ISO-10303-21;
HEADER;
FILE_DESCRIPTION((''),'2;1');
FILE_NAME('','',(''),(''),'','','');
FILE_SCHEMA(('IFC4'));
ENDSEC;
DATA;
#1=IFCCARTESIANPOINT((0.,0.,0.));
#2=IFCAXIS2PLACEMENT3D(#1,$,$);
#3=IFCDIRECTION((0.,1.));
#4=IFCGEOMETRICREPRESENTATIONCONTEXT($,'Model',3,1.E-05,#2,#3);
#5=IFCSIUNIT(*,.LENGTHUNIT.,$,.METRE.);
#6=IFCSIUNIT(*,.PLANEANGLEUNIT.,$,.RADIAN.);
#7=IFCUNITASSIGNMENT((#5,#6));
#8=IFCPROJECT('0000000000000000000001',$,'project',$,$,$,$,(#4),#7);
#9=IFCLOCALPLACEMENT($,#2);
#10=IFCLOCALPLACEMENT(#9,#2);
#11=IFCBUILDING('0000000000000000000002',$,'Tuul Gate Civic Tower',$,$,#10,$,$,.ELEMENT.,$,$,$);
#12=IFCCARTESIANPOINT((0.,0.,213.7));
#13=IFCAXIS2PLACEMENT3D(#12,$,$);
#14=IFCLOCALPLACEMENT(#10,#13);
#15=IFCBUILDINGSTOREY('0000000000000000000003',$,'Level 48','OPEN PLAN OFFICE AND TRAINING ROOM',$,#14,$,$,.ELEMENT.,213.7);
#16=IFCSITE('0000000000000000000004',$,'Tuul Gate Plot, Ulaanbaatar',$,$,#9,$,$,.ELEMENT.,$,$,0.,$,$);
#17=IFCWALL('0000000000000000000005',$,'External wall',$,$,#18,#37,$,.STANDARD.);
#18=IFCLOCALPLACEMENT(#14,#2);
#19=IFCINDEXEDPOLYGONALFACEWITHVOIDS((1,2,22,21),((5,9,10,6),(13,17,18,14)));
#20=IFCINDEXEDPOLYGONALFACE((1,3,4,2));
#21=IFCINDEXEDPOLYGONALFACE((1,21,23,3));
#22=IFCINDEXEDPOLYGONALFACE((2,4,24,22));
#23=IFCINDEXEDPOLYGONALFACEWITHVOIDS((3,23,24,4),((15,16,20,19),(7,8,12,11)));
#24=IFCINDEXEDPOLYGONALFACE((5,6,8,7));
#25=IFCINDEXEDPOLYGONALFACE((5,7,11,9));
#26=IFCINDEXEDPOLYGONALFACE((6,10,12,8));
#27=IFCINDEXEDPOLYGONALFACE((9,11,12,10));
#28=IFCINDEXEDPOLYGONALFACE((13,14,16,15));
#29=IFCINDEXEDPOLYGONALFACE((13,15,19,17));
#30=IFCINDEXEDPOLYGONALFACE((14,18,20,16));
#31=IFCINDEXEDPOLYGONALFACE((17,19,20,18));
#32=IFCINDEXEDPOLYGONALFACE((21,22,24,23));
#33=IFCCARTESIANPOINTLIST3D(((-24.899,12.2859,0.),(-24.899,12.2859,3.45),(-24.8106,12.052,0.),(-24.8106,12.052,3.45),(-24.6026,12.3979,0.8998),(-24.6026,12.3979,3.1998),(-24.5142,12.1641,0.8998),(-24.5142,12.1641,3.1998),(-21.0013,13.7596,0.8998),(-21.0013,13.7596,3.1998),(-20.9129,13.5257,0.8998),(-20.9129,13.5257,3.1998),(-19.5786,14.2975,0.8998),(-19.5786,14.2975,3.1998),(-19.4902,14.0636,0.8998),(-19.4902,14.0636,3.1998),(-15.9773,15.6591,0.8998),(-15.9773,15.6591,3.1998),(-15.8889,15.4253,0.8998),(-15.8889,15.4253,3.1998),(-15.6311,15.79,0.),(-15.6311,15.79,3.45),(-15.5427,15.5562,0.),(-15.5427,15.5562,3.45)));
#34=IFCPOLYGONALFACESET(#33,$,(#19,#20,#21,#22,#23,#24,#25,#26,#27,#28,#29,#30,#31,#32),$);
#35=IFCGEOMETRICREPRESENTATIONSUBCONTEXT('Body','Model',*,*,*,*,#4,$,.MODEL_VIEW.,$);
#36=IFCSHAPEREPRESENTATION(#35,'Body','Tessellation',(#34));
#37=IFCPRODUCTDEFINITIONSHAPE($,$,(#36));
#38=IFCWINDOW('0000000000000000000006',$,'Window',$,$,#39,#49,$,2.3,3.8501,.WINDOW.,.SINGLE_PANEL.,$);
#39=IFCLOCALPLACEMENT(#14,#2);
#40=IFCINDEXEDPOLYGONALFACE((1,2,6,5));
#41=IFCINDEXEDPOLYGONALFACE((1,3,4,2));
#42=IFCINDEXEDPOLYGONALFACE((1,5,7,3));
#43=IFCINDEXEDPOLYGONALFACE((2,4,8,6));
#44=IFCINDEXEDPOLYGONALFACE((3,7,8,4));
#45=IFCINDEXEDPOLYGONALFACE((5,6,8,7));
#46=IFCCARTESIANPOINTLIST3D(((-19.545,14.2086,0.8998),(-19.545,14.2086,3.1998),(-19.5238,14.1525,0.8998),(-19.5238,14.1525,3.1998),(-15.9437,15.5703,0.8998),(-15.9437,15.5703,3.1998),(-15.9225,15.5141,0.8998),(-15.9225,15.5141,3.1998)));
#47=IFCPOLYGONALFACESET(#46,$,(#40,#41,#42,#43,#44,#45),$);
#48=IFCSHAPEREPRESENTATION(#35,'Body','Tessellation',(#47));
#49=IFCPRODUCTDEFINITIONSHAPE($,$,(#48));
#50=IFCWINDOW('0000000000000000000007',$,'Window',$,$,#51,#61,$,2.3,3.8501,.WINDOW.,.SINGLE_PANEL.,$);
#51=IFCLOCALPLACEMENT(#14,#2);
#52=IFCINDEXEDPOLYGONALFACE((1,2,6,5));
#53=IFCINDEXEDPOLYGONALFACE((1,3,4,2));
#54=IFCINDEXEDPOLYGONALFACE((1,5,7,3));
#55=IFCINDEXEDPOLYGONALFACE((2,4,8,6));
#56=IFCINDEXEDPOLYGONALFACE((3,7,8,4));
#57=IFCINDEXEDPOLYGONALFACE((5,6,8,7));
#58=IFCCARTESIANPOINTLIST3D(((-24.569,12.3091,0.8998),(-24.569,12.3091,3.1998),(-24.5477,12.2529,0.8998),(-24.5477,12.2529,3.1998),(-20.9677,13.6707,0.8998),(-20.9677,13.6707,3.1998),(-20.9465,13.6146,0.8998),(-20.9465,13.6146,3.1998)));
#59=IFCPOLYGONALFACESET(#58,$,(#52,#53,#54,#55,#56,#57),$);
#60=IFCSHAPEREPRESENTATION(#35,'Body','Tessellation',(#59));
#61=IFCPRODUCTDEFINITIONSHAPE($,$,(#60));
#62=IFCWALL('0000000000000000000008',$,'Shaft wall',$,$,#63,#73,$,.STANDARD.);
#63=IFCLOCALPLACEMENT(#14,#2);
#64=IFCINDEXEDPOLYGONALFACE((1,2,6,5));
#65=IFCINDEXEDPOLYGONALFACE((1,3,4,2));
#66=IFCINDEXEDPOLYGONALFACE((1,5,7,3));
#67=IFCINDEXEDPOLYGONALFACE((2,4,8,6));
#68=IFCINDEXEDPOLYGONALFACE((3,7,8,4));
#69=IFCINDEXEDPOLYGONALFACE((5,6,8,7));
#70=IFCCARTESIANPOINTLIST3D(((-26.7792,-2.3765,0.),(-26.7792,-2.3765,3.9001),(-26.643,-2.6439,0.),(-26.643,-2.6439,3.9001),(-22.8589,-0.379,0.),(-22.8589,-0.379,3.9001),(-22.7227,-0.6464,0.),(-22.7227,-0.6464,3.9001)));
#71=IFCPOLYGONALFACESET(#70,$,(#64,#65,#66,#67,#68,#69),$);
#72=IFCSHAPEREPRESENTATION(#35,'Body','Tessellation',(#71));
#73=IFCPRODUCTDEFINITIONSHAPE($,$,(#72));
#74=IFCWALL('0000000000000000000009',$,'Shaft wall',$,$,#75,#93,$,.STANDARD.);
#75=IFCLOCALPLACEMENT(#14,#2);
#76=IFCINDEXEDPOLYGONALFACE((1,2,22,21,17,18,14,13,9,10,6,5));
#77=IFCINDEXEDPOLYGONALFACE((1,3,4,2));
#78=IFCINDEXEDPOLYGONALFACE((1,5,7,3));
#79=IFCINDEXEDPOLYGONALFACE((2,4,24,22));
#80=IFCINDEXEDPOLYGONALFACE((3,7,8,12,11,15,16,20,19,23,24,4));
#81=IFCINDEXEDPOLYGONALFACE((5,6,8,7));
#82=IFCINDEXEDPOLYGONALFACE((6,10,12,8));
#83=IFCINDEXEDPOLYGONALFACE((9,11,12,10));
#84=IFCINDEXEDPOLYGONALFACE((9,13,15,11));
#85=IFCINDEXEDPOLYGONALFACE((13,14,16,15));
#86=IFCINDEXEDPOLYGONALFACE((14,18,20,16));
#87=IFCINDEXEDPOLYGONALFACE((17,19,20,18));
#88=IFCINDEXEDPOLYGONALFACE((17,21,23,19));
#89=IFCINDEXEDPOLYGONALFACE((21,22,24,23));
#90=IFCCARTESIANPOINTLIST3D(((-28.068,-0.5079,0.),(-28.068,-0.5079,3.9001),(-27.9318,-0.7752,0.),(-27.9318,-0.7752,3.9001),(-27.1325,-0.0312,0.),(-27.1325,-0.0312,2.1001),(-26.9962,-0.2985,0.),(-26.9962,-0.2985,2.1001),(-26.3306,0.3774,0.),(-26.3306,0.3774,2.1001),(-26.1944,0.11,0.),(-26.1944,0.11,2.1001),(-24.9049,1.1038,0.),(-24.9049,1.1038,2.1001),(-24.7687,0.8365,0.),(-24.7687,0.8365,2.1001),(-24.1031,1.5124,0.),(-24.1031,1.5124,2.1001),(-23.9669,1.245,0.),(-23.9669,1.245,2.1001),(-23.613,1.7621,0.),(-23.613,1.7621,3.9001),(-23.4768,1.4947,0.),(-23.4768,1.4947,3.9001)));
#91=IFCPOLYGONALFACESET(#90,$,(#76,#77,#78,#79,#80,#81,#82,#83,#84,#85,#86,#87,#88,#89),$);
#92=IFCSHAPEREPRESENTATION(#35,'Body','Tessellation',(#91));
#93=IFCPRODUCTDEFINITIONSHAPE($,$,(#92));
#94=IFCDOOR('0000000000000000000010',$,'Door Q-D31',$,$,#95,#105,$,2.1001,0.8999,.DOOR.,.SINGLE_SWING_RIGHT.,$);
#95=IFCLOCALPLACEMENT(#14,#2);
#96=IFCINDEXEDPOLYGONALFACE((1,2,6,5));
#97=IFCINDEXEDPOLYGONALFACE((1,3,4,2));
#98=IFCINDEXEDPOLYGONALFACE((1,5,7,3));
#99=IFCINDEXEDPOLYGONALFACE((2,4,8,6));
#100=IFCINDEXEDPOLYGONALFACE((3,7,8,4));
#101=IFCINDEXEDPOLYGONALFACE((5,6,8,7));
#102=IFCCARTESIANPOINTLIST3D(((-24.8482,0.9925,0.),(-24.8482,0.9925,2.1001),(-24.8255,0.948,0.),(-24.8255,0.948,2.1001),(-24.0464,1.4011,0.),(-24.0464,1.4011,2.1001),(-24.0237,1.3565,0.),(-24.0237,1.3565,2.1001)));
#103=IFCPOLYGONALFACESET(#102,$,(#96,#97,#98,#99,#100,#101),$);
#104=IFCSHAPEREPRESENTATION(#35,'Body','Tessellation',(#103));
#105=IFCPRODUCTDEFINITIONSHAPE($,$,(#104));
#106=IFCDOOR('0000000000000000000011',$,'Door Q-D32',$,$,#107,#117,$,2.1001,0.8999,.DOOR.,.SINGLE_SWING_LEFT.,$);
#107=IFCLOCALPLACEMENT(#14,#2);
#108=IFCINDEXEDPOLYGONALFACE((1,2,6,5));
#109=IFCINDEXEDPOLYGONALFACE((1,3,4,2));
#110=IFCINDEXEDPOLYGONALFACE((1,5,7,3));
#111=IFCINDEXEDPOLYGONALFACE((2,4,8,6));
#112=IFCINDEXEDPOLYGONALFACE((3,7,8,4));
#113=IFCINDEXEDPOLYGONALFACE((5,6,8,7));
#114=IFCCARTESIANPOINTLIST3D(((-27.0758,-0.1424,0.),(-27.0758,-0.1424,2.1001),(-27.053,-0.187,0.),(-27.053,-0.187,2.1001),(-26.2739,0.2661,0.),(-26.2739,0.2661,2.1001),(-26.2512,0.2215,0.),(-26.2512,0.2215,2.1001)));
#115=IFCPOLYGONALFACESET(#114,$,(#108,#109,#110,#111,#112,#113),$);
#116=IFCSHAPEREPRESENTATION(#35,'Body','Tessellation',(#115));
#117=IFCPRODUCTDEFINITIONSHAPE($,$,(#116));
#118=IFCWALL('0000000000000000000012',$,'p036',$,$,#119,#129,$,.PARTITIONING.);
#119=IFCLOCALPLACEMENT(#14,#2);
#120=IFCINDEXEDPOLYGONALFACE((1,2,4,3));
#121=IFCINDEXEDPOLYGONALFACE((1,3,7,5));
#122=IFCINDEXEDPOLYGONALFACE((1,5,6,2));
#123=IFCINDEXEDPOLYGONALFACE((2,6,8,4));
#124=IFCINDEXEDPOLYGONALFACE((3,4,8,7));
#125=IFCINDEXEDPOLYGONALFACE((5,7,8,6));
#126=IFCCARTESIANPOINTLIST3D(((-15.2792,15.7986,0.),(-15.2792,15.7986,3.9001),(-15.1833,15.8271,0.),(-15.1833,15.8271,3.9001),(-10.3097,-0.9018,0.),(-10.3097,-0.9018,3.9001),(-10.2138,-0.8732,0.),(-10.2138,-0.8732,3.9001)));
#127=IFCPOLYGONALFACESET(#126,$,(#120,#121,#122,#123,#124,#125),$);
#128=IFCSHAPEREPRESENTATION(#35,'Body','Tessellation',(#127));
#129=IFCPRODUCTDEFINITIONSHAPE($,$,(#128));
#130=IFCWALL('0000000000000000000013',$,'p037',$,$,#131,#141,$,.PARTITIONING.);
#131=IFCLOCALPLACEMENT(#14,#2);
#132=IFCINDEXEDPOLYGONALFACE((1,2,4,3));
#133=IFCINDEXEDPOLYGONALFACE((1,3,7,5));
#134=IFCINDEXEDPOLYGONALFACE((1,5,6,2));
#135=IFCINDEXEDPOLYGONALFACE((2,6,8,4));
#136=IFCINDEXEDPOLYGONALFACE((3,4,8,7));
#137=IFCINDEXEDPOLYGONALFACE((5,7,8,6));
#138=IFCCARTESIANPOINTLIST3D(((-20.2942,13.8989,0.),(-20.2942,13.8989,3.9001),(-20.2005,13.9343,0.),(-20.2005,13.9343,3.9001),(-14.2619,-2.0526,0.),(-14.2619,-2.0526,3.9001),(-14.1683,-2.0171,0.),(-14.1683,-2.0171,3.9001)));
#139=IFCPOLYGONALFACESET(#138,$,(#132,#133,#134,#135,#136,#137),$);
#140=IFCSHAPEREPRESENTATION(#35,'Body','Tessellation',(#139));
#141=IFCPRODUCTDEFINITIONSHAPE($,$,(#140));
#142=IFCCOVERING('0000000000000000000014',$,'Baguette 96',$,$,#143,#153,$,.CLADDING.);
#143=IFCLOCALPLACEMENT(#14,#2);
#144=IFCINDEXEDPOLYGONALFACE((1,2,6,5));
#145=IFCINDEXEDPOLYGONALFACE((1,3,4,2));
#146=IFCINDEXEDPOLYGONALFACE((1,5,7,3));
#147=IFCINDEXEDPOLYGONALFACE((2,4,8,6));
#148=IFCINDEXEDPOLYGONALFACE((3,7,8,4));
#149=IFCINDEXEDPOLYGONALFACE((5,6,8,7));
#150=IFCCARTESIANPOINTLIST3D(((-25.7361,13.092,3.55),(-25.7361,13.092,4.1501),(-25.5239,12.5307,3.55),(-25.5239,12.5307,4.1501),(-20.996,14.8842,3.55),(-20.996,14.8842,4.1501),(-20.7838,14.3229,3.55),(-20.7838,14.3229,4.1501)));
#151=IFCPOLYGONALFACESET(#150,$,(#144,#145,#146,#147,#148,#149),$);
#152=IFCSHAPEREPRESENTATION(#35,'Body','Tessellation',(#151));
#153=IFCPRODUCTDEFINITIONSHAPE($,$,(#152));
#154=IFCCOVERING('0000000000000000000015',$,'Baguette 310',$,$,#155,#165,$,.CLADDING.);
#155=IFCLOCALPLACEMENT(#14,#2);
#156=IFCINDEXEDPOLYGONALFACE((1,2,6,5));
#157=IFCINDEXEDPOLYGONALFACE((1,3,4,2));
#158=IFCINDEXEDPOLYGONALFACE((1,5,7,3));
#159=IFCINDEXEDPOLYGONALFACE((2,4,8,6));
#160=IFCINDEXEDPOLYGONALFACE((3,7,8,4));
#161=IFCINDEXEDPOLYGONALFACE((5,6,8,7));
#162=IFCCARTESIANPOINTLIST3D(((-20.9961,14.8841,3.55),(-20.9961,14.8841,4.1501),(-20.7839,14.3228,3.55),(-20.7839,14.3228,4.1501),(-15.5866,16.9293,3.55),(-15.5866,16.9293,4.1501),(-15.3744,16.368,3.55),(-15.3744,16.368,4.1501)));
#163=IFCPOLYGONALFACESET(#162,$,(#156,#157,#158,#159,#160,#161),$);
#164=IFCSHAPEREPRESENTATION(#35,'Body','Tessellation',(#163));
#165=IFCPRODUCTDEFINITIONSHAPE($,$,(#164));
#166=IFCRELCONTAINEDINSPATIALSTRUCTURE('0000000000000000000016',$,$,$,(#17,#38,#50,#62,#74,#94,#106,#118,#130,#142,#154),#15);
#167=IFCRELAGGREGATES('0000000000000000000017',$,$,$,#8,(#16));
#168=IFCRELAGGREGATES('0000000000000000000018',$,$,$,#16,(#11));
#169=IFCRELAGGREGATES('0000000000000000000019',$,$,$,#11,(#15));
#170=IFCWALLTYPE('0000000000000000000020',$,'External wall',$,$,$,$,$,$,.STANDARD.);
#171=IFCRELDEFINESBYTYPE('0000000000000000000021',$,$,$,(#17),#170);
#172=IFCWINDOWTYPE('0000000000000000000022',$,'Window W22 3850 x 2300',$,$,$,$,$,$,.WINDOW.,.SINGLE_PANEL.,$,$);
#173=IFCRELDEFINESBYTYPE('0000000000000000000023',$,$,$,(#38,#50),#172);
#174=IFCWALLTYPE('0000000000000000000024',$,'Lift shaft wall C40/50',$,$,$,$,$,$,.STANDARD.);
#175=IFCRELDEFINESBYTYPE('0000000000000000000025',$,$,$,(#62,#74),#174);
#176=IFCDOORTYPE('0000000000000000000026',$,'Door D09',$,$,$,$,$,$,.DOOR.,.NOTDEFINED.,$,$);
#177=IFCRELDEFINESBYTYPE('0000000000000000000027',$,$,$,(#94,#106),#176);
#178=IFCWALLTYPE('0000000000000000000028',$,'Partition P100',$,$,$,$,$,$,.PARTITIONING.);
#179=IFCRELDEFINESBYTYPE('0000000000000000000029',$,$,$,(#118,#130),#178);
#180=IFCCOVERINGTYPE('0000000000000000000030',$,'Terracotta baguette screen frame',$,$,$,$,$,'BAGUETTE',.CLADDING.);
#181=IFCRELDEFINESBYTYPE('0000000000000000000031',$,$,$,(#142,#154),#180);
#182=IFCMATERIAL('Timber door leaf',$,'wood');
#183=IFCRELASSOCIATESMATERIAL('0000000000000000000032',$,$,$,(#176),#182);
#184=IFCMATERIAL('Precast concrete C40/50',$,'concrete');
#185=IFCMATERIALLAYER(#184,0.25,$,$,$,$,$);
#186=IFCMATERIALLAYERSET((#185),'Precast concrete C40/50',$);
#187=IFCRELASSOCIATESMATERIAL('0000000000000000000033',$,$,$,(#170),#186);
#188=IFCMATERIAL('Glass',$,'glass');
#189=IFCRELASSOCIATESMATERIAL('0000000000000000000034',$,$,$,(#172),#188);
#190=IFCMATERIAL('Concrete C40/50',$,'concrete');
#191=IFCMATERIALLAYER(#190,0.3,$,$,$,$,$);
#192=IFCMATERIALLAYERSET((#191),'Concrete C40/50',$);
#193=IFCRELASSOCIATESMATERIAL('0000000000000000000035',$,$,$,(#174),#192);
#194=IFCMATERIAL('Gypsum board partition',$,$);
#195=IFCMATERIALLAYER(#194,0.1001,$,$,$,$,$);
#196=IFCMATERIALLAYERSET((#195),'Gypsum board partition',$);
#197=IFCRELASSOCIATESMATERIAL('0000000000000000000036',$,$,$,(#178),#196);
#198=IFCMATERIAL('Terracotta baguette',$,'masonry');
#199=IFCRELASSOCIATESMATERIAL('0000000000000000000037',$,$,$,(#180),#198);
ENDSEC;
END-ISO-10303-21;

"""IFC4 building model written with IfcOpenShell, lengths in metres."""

from ifc_helpers import new_model, si_unit, direction, frame, frame_2d, origin, origin_2d, place, context, subcontext, project, spatial, rectangle, extrude, material, layer, layer_set, material_profile, profile_set, type_object, element, fill, save


model = new_model("IFC4")

# Units and contexts
model_context = context("Model", 3, precision=1e-05, world=origin(), true_north=direction((0.0, 1.0)))
body_context = subcontext(model_context, "Body", "Model", "MODEL_VIEW")
ifc_project = project(units=[si_unit("LENGTHUNIT", "METRE"), si_unit("PLANEANGLEUNIT", "RADIAN")], contexts=[model_context])

# Site, building, storey
site_placement = place(None, origin())
site = spatial("IfcSite", under=ifc_project, at=site_placement, Name="Tuul Gate Plot, Ulaanbaatar", CompositionType="ELEMENT", RefElevation=0.0)
building_placement = place(site_placement, origin())
building = spatial("IfcBuilding", under=site, at=building_placement, Name="Tuul Gate Civic Tower", CompositionType="ELEMENT")
storey_placement = place(building_placement, frame((0.0, 0.0, 213.7)))
storey = spatial("IfcBuildingStorey", under=building, at=storey_placement, Name="Level 48", Description="OPEN PLAN OFFICE AND TRAINING ROOM", CompositionType="ELEMENT", Elevation=213.7)

# Shared definitions
ifc_material_1 = material(Name="Timber door leaf", Category="wood")
door_type_1 = type_object("IfcDoorType", Name="Door D09", OperationType="NOTDEFINED", PredefinedType="DOOR", material=ifc_material_1)

# Wall, openings, windows
ifc_material_2 = material(Name="Precast concrete C40/50", Category="concrete")
ifc_layer_1 = layer(ifc_material_2, 0.25)
ifc_layer_set_1 = layer_set([ifc_layer_1], Name="Precast concrete C40/50")
wall_type_1 = type_object("IfcWallType", Name="External wall", PredefinedType="STANDARD", material=ifc_layer_set_1)
ifc_material_3 = material(Name="Glass", Category="glass")
window_type = type_object("IfcWindowType", Name="Window W22 3850 x 2300", PartitioningType="SINGLE_PANEL", PredefinedType="WINDOW", material=ifc_material_3)
wall_1_placement = place(storey_placement, frame((-15.5869, 15.6731, 0.0), z_axis=(0.0, 0.0, 1.0), x_axis=(-0.935373, -0.353663, 0.0)))
wall_1 = element("IfcWall", 1, at=wall_1_placement, inside=storey, type_object=wall_type_1, Name="External wall", PredefinedType="STANDARD", context=body_context, shape_type="SweptSolid", body=[
    extrude(rectangle(XDim=9.9082, YDim=0.25, at=frame_2d((4.9541, 0.0))), origin(), (0.0, 0.0, 1.0), 3.45),
])
opening_1_placement = place(wall_1_placement, frame((0.3701, 0.0, 0.8999)))
opening_1 = element("IfcOpeningElement", 2, at=opening_1_placement, cuts=wall_1, PredefinedType="OPENING", context=body_context, shape_type="SweptSolid", body=[
    extrude(rectangle(XDim=3.8501, YDim=2.3, at=frame_2d((1.925, 1.1499))), frame((0.0, 0.135, 0.0), z_axis=(0.0, -1.0, 0.0), x_axis=(1.0, 0.0, 0.0)), (0.0, 0.0, 1.0), 0.27),
])
opening_2_placement = place(wall_1_placement, frame((5.7412, 0.0, 0.8999)))
opening_2 = element("IfcOpeningElement", 3, at=opening_2_placement, cuts=wall_1, PredefinedType="OPENING", context=body_context, shape_type="SweptSolid", body=[
    extrude(rectangle(XDim=3.8501, YDim=2.3, at=frame_2d((1.925, 1.1499))), frame((0.0, 0.135, 0.0), z_axis=(0.0, -1.0, 0.0), x_axis=(1.0, 0.0, 0.0)), (0.0, 0.0, 1.0), 0.27),
])
window_1_placement = place(opening_1_placement, origin())
window_1 = element("IfcWindow", 4, at=window_1_placement, inside=storey, type_object=window_type, Name="Window", OverallHeight=2.3, OverallWidth=3.8501, PartitioningType="SINGLE_PANEL", PredefinedType="WINDOW", context=body_context, shape_type="SweptSolid", body=[
    extrude(rectangle(XDim=3.8501, YDim=2.3, at=frame_2d((1.925, 1.1499))), frame((0.0, 0.03, 0.0), z_axis=(0.0, -1.0, 0.0), x_axis=(1.0, 0.0, 0.0)), (0.0, 0.0, 1.0), 0.0601),
])
fill(opening_1, window_1)
window_2_placement = place(opening_2_placement, origin())
window_2 = element("IfcWindow", 5, at=window_2_placement, inside=storey, type_object=window_type, Name="Window", OverallHeight=2.3, OverallWidth=3.8501, PartitioningType="SINGLE_PANEL", PredefinedType="WINDOW", context=body_context, shape_type="SweptSolid", body=[
    extrude(rectangle(XDim=3.8501, YDim=2.3, at=frame_2d((1.925, 1.1499))), frame((0.0, 0.03, 0.0), z_axis=(0.0, -1.0, 0.0), x_axis=(1.0, 0.0, 0.0)), (0.0, 0.0, 1.0), 0.0601),
])
fill(opening_2, window_2)

# Wall
ifc_material_4 = material(Name="Concrete C40/50", Category="concrete")
ifc_layer_2 = layer(ifc_material_4, 0.3)
ifc_layer_set_2 = layer_set([ifc_layer_2], Name="Concrete C40/50")
wall_type_2 = type_object("IfcWallType", Name="Lift shaft wall C40/50", PredefinedType="STANDARD", material=ifc_layer_set_2)
wall_2_placement = place(storey_placement, frame((-22.7908, -0.5127, 0.0), z_axis=(0.0, 0.0, 1.0), x_axis=(-0.891006, -0.453992, 0.0)))
element("IfcWall", 6, at=wall_2_placement, inside=storey, type_object=wall_type_2, Name="Shaft wall", PredefinedType="STANDARD", context=body_context, shape_type="SweptSolid", body=[
    extrude(rectangle(XDim=4.3999, YDim=0.3, at=frame_2d((2.2, 0.0))), origin(), (0.0, 0.0, 1.0), 3.9001),
])

# Wall, openings, doors
wall_3_placement = place(storey_placement, frame((-23.5449, 1.6284, 0.0), z_axis=(0.0, 0.0, 1.0), x_axis=(-0.891003, -0.453997, 0.0)))
wall_3 = element("IfcWall", 7, at=wall_3_placement, inside=storey, type_object=wall_type_2, Name="Shaft wall", PredefinedType="STANDARD", context=body_context, shape_type="SweptSolid", body=[
    extrude(rectangle(XDim=5.0, YDim=0.3, at=frame_2d((2.5, 0.0))), origin(), (0.0, 0.0, 1.0), 3.9001),
])
opening_3_placement = place(wall_3_placement, frame((0.55, 0.0, 0.0)))
opening_3 = element("IfcOpeningElement", 8, at=opening_3_placement, cuts=wall_3, PredefinedType="OPENING", context=body_context, shape_type="SweptSolid", body=[
    extrude(rectangle(XDim=0.8999, YDim=2.1001, at=frame_2d((0.45, 1.05))), frame((0.0, 0.1602, 0.0), z_axis=(0.0, -1.0, 0.0), x_axis=(1.0, 0.0, 0.0)), (0.0, 0.0, 1.0), 0.3201),
])
opening_4_placement = place(wall_3_placement, frame((3.05, 0.0, 0.0)))
opening_4 = element("IfcOpeningElement", 9, at=opening_4_placement, cuts=wall_3, PredefinedType="OPENING", context=body_context, shape_type="SweptSolid", body=[
    extrude(rectangle(XDim=0.8999, YDim=2.1001, at=frame_2d((0.45, 1.05))), frame((0.0, 0.1602, 0.0), z_axis=(0.0, -1.0, 0.0), x_axis=(1.0, 0.0, 0.0)), (0.0, 0.0, 1.0), 0.3201),
])
door_1_placement = place(opening_3_placement, origin())
door_1 = element("IfcDoor", 10, at=door_1_placement, inside=storey, type_object=door_type_1, Name="Door Q-D31", OperationType="SINGLE_SWING_RIGHT", OverallHeight=2.1001, OverallWidth=0.8999, PredefinedType="DOOR", context=body_context, shape_type="SweptSolid", body=[
    extrude(rectangle(XDim=0.8999, YDim=2.1001, at=frame_2d((0.45, 1.05))), frame((0.0, 0.0249, 0.0), z_axis=(0.0, -1.0, 0.0), x_axis=(1.0, 0.0, 0.0)), (0.0, 0.0, 1.0), 0.05),
])
fill(opening_3, door_1)
door_2_placement = place(opening_4_placement, origin())
door_2 = element("IfcDoor", 11, at=door_2_placement, inside=storey, type_object=door_type_1, Name="Door Q-D32", OperationType="SINGLE_SWING_LEFT", OverallHeight=2.1001, OverallWidth=0.8999, PredefinedType="DOOR", context=body_context, shape_type="SweptSolid", body=[
    extrude(rectangle(XDim=0.8999, YDim=2.1001, at=frame_2d((0.45, 1.05))), frame((0.0, 0.0249, 0.0), z_axis=(0.0, -1.0, 0.0), x_axis=(1.0, 0.0, 0.0)), (0.0, 0.0, 1.0), 0.05),
])
fill(opening_4, door_2)

# Walls
ifc_material_5 = material(Name="Gypsum board partition")
ifc_layer_3 = layer(ifc_material_5, 0.1001)
ifc_layer_set_3 = layer_set([ifc_layer_3], Name="Gypsum board partition")
wall_type_3 = type_object("IfcWallType", Name="Partition P100", PredefinedType="PARTITIONING", material=ifc_layer_set_3)
wall_4_placement = place(storey_placement, frame((-15.2312, 15.8127, 0.0), z_axis=(0.0, 0.0, 1.0), x_axis=(0.285207, -0.958466, 0.0)))
element("IfcWall", 12, at=wall_4_placement, inside=storey, type_object=wall_type_3, Name="p036", PredefinedType="PARTITIONING", context=body_context, shape_type="SweptSolid", body=[
    extrude(rectangle(XDim=17.4241, YDim=0.1001, at=frame_2d((8.7119, 0.0))), origin(), (0.0, 0.0, 1.0), 3.9001),
])
wall_5_placement = place(storey_placement, frame((-20.2473, 13.9165, 0.0), z_axis=(0.0, 0.0, 1.0), x_axis=(0.353715, -0.935353, 0.0)))
element("IfcWall", 13, at=wall_5_placement, inside=storey, type_object=wall_type_3, Name="p037", PredefinedType="PARTITIONING", context=body_context, shape_type="SweptSolid", body=[
    extrude(rectangle(XDim=17.054, YDim=0.1001, at=frame_2d((8.5269, 0.0))), origin(), (0.0, 0.0, 1.0), 3.9001),
])

# Coverings
ifc_material_6 = material(Name="Terracotta baguette", Category="masonry")
ifc_material_profile_1 = material_profile(ifc_material_6, rectangle(XDim=0.6001, YDim=0.6001, at=origin_2d()), Name="Terracotta baguette screen frame")
ifc_profile_set_1 = profile_set([ifc_material_profile_1], Name="Terracotta baguette")
covering_type = type_object("IfcCoveringType", Name="Terracotta baguette screen frame", ElementType="BAGUETTE", PredefinedType="CLADDING", material=ifc_profile_set_1)
covering_1_placement = place(storey_placement, frame((-20.8899, 14.6035, 3.8501), z_axis=(-0.935375, -0.353656, 0.0), x_axis=(0.353656, -0.935375, 0.0)))
element("IfcCovering", 14, at=covering_1_placement, inside=storey, type_object=covering_type, Name="Baguette 96", PredefinedType="CLADDING", context=body_context, shape_type="SweptSolid", body=[
    extrude(rectangle(XDim=0.6001, YDim=0.6001, at=origin_2d()), origin(), (0.0, 0.0, 1.0), 5.0676),
])
covering_2_placement = place(storey_placement, frame((-15.4805, 16.6487, 3.8501), z_axis=(-0.93538, -0.353644, 0.0), x_axis=(0.353644, -0.93538, 0.0)))
element("IfcCovering", 15, at=covering_2_placement, inside=storey, type_object=covering_type, Name="Baguette 310", PredefinedType="CLADDING", context=body_context, shape_type="SweptSolid", body=[
    extrude(rectangle(XDim=0.6001, YDim=0.6001, at=origin_2d()), origin(), (0.0, 0.0, 1.0), 5.7832),
])

save(model, "model.ifc")
